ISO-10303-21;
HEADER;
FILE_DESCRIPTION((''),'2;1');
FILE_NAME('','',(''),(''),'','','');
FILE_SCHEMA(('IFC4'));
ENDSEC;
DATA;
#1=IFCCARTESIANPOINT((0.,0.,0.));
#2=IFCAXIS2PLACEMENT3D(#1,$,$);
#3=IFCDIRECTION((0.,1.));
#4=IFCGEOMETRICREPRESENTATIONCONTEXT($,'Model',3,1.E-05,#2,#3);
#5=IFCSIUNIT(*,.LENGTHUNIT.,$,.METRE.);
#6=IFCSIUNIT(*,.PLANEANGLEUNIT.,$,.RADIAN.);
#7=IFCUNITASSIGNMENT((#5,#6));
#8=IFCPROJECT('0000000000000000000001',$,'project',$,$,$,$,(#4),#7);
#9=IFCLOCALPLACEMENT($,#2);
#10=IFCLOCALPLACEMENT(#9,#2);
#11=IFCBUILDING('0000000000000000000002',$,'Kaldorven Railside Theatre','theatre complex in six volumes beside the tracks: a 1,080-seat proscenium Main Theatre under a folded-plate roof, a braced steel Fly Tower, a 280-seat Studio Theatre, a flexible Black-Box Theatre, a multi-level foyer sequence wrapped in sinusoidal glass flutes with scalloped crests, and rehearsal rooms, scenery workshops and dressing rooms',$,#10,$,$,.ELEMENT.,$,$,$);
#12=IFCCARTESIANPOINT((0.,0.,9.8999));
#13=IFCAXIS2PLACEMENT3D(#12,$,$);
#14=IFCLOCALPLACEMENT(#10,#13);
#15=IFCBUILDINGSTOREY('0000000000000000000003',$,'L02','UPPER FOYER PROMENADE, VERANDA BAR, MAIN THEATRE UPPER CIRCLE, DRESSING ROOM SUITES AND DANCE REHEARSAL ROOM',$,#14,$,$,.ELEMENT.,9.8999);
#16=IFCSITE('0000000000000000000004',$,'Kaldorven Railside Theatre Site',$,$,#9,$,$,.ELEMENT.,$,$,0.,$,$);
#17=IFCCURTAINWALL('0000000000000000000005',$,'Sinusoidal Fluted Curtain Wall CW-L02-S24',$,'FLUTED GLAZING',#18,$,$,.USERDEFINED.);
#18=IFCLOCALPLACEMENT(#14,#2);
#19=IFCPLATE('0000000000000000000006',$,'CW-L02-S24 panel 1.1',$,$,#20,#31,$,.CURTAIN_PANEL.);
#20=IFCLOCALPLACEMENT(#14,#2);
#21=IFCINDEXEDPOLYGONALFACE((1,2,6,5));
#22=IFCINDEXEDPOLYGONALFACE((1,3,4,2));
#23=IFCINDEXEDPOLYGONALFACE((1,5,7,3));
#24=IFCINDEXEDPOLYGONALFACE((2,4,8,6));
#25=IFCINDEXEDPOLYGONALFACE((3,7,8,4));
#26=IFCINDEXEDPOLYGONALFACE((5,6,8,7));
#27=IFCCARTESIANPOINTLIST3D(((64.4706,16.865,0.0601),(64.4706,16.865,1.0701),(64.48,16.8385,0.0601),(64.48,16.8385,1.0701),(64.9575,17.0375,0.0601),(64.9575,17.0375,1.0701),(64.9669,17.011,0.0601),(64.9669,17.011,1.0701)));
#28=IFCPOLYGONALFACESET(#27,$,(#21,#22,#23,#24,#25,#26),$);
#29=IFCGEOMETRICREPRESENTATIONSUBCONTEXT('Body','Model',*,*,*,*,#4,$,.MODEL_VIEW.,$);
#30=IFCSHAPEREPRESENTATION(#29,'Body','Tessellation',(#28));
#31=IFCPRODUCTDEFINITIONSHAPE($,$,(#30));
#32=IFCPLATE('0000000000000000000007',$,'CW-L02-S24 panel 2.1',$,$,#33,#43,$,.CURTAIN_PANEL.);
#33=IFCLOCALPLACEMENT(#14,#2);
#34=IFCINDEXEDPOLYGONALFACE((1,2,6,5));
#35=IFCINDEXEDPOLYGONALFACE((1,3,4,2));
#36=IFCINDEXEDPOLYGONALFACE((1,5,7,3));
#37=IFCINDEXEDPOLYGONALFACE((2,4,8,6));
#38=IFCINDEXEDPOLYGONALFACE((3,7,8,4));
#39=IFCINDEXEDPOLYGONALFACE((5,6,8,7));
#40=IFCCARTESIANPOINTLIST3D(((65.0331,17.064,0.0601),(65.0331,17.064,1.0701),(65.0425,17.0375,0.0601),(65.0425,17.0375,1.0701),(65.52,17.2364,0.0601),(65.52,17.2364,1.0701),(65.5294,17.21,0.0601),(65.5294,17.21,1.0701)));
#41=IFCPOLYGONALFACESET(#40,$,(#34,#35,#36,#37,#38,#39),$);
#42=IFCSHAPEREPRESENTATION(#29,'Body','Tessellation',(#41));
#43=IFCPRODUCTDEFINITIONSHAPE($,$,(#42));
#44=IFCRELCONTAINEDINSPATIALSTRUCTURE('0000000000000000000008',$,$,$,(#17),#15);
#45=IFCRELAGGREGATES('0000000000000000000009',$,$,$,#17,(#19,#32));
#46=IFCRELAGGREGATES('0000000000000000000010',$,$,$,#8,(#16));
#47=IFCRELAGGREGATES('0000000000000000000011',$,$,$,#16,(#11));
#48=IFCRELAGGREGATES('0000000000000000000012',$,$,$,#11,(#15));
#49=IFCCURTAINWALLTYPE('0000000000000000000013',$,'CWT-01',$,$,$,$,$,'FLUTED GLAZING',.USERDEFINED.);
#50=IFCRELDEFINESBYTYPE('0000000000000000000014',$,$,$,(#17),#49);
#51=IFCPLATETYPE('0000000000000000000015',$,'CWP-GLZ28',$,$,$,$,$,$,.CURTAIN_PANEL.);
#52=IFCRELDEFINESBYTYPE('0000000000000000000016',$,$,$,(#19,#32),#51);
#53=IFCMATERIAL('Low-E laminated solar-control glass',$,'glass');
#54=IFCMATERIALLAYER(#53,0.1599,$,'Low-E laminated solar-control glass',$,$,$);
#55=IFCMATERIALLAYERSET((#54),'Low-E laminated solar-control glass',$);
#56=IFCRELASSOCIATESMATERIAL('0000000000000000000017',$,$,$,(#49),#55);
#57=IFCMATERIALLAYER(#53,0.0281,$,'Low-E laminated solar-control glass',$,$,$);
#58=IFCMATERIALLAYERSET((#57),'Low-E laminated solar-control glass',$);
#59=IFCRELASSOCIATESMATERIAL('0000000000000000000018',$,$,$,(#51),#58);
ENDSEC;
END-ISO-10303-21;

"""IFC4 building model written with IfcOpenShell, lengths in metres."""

from ifc_helpers import new_model, si_unit, direction, frame, origin, origin_2d, place, context, subcontext, project, spatial, rectangle, extrude, material, layer, layer_set, type_object, element, aggregate, save


model = new_model("IFC4")

# Units and contexts
model_context = context("Model", 3, precision=1e-05, world=origin(), true_north=direction((0.0, 1.0)))
body_context = subcontext(model_context, "Body", "Model", "MODEL_VIEW")
ifc_project = project(units=[si_unit("LENGTHUNIT", "METRE"), si_unit("PLANEANGLEUNIT", "RADIAN")], contexts=[model_context])

# Site, building, storey
site_placement = place(None, origin())
site = spatial("IfcSite", under=ifc_project, at=site_placement, Name="Kaldorven Railside Theatre Site", CompositionType="ELEMENT", RefElevation=0.0)
building_placement = place(site_placement, origin())
building = spatial("IfcBuilding", under=site, at=building_placement, Name="Kaldorven Railside Theatre", Description="theatre complex in six volumes beside the tracks: a 1,080-seat proscenium Main Theatre under a folded-plate roof, a braced steel Fly Tower, a 280-seat Studio Theatre, a flexible Black-Box Theatre, a multi-level foyer sequence wrapped in sinusoidal glass flutes with scalloped crests, and rehearsal rooms, scenery workshops and dressing rooms", CompositionType="ELEMENT")
storey_placement = place(building_placement, frame((0.0, 0.0, 9.8999)))
storey = spatial("IfcBuildingStorey", under=building, at=storey_placement, Name="L02", Description="UPPER FOYER PROMENADE, VERANDA BAR, MAIN THEATRE UPPER CIRCLE, DRESSING ROOM SUITES AND DANCE REHEARSAL ROOM", CompositionType="ELEMENT", Elevation=9.8999)

# Curtain wall
ifc_material_1 = material(Name="Low-E laminated solar-control glass", Category="glass")
ifc_layer_1 = layer(ifc_material_1, 0.1599, Name="Low-E laminated solar-control glass")
ifc_layer_set_1 = layer_set([ifc_layer_1], Name="Low-E laminated solar-control glass")
curtain_wall_type_1 = type_object("IfcCurtainWallType", Name="CWT-01", ElementType="FLUTED GLAZING", PredefinedType="USERDEFINED", material=ifc_layer_set_1)
curtain_wall_1_placement = place(storey_placement, origin())
curtain_wall_1 = element("IfcCurtainWall", 1, at=curtain_wall_1_placement, inside=storey, type_object=curtain_wall_type_1, Name="Sinusoidal Fluted Curtain Wall CW-L02-S24", ObjectType="FLUTED GLAZING", PredefinedType="USERDEFINED")

# Plates
ifc_layer_2 = layer(ifc_material_1, 0.0281, Name="Low-E laminated solar-control glass")
ifc_layer_set_2 = layer_set([ifc_layer_2], Name="Low-E laminated solar-control glass")
plate_type = type_object("IfcPlateType", Name="CWP-GLZ28", PredefinedType="CURTAIN_PANEL", material=ifc_layer_set_2)
plate_1_placement = place(storey_placement, frame((64.7188, 16.938, 0.0601), z_axis=(0.0, 0.0, 1.0), x_axis=(0.942627, 0.333847, 0.0)))
plate_1 = element("IfcPlate", 2, at=plate_1_placement, type_object=plate_type, Name="CW-L02-S24 panel 1.1", PredefinedType="CURTAIN_PANEL", context=body_context, shape_type="SweptSolid", body=[
    extrude(rectangle(XDim=0.5166, YDim=0.0281, at=origin_2d()), origin(), (0.0, 0.0, 1.0), 1.01),
])
plate_2_placement = place(storey_placement, frame((65.2812, 17.137, 0.0601), z_axis=(0.0, 0.0, 1.0), x_axis=(0.942627, 0.333847, 0.0)))
plate_2 = element("IfcPlate", 3, at=plate_2_placement, type_object=plate_type, Name="CW-L02-S24 panel 2.1", PredefinedType="CURTAIN_PANEL", context=body_context, shape_type="SweptSolid", body=[
    extrude(rectangle(XDim=0.5166, YDim=0.0281, at=origin_2d()), origin(), (0.0, 0.0, 1.0), 1.01),
])
aggregate(curtain_wall_1, [plate_1, plate_2])

save(model, "model.ifc")
